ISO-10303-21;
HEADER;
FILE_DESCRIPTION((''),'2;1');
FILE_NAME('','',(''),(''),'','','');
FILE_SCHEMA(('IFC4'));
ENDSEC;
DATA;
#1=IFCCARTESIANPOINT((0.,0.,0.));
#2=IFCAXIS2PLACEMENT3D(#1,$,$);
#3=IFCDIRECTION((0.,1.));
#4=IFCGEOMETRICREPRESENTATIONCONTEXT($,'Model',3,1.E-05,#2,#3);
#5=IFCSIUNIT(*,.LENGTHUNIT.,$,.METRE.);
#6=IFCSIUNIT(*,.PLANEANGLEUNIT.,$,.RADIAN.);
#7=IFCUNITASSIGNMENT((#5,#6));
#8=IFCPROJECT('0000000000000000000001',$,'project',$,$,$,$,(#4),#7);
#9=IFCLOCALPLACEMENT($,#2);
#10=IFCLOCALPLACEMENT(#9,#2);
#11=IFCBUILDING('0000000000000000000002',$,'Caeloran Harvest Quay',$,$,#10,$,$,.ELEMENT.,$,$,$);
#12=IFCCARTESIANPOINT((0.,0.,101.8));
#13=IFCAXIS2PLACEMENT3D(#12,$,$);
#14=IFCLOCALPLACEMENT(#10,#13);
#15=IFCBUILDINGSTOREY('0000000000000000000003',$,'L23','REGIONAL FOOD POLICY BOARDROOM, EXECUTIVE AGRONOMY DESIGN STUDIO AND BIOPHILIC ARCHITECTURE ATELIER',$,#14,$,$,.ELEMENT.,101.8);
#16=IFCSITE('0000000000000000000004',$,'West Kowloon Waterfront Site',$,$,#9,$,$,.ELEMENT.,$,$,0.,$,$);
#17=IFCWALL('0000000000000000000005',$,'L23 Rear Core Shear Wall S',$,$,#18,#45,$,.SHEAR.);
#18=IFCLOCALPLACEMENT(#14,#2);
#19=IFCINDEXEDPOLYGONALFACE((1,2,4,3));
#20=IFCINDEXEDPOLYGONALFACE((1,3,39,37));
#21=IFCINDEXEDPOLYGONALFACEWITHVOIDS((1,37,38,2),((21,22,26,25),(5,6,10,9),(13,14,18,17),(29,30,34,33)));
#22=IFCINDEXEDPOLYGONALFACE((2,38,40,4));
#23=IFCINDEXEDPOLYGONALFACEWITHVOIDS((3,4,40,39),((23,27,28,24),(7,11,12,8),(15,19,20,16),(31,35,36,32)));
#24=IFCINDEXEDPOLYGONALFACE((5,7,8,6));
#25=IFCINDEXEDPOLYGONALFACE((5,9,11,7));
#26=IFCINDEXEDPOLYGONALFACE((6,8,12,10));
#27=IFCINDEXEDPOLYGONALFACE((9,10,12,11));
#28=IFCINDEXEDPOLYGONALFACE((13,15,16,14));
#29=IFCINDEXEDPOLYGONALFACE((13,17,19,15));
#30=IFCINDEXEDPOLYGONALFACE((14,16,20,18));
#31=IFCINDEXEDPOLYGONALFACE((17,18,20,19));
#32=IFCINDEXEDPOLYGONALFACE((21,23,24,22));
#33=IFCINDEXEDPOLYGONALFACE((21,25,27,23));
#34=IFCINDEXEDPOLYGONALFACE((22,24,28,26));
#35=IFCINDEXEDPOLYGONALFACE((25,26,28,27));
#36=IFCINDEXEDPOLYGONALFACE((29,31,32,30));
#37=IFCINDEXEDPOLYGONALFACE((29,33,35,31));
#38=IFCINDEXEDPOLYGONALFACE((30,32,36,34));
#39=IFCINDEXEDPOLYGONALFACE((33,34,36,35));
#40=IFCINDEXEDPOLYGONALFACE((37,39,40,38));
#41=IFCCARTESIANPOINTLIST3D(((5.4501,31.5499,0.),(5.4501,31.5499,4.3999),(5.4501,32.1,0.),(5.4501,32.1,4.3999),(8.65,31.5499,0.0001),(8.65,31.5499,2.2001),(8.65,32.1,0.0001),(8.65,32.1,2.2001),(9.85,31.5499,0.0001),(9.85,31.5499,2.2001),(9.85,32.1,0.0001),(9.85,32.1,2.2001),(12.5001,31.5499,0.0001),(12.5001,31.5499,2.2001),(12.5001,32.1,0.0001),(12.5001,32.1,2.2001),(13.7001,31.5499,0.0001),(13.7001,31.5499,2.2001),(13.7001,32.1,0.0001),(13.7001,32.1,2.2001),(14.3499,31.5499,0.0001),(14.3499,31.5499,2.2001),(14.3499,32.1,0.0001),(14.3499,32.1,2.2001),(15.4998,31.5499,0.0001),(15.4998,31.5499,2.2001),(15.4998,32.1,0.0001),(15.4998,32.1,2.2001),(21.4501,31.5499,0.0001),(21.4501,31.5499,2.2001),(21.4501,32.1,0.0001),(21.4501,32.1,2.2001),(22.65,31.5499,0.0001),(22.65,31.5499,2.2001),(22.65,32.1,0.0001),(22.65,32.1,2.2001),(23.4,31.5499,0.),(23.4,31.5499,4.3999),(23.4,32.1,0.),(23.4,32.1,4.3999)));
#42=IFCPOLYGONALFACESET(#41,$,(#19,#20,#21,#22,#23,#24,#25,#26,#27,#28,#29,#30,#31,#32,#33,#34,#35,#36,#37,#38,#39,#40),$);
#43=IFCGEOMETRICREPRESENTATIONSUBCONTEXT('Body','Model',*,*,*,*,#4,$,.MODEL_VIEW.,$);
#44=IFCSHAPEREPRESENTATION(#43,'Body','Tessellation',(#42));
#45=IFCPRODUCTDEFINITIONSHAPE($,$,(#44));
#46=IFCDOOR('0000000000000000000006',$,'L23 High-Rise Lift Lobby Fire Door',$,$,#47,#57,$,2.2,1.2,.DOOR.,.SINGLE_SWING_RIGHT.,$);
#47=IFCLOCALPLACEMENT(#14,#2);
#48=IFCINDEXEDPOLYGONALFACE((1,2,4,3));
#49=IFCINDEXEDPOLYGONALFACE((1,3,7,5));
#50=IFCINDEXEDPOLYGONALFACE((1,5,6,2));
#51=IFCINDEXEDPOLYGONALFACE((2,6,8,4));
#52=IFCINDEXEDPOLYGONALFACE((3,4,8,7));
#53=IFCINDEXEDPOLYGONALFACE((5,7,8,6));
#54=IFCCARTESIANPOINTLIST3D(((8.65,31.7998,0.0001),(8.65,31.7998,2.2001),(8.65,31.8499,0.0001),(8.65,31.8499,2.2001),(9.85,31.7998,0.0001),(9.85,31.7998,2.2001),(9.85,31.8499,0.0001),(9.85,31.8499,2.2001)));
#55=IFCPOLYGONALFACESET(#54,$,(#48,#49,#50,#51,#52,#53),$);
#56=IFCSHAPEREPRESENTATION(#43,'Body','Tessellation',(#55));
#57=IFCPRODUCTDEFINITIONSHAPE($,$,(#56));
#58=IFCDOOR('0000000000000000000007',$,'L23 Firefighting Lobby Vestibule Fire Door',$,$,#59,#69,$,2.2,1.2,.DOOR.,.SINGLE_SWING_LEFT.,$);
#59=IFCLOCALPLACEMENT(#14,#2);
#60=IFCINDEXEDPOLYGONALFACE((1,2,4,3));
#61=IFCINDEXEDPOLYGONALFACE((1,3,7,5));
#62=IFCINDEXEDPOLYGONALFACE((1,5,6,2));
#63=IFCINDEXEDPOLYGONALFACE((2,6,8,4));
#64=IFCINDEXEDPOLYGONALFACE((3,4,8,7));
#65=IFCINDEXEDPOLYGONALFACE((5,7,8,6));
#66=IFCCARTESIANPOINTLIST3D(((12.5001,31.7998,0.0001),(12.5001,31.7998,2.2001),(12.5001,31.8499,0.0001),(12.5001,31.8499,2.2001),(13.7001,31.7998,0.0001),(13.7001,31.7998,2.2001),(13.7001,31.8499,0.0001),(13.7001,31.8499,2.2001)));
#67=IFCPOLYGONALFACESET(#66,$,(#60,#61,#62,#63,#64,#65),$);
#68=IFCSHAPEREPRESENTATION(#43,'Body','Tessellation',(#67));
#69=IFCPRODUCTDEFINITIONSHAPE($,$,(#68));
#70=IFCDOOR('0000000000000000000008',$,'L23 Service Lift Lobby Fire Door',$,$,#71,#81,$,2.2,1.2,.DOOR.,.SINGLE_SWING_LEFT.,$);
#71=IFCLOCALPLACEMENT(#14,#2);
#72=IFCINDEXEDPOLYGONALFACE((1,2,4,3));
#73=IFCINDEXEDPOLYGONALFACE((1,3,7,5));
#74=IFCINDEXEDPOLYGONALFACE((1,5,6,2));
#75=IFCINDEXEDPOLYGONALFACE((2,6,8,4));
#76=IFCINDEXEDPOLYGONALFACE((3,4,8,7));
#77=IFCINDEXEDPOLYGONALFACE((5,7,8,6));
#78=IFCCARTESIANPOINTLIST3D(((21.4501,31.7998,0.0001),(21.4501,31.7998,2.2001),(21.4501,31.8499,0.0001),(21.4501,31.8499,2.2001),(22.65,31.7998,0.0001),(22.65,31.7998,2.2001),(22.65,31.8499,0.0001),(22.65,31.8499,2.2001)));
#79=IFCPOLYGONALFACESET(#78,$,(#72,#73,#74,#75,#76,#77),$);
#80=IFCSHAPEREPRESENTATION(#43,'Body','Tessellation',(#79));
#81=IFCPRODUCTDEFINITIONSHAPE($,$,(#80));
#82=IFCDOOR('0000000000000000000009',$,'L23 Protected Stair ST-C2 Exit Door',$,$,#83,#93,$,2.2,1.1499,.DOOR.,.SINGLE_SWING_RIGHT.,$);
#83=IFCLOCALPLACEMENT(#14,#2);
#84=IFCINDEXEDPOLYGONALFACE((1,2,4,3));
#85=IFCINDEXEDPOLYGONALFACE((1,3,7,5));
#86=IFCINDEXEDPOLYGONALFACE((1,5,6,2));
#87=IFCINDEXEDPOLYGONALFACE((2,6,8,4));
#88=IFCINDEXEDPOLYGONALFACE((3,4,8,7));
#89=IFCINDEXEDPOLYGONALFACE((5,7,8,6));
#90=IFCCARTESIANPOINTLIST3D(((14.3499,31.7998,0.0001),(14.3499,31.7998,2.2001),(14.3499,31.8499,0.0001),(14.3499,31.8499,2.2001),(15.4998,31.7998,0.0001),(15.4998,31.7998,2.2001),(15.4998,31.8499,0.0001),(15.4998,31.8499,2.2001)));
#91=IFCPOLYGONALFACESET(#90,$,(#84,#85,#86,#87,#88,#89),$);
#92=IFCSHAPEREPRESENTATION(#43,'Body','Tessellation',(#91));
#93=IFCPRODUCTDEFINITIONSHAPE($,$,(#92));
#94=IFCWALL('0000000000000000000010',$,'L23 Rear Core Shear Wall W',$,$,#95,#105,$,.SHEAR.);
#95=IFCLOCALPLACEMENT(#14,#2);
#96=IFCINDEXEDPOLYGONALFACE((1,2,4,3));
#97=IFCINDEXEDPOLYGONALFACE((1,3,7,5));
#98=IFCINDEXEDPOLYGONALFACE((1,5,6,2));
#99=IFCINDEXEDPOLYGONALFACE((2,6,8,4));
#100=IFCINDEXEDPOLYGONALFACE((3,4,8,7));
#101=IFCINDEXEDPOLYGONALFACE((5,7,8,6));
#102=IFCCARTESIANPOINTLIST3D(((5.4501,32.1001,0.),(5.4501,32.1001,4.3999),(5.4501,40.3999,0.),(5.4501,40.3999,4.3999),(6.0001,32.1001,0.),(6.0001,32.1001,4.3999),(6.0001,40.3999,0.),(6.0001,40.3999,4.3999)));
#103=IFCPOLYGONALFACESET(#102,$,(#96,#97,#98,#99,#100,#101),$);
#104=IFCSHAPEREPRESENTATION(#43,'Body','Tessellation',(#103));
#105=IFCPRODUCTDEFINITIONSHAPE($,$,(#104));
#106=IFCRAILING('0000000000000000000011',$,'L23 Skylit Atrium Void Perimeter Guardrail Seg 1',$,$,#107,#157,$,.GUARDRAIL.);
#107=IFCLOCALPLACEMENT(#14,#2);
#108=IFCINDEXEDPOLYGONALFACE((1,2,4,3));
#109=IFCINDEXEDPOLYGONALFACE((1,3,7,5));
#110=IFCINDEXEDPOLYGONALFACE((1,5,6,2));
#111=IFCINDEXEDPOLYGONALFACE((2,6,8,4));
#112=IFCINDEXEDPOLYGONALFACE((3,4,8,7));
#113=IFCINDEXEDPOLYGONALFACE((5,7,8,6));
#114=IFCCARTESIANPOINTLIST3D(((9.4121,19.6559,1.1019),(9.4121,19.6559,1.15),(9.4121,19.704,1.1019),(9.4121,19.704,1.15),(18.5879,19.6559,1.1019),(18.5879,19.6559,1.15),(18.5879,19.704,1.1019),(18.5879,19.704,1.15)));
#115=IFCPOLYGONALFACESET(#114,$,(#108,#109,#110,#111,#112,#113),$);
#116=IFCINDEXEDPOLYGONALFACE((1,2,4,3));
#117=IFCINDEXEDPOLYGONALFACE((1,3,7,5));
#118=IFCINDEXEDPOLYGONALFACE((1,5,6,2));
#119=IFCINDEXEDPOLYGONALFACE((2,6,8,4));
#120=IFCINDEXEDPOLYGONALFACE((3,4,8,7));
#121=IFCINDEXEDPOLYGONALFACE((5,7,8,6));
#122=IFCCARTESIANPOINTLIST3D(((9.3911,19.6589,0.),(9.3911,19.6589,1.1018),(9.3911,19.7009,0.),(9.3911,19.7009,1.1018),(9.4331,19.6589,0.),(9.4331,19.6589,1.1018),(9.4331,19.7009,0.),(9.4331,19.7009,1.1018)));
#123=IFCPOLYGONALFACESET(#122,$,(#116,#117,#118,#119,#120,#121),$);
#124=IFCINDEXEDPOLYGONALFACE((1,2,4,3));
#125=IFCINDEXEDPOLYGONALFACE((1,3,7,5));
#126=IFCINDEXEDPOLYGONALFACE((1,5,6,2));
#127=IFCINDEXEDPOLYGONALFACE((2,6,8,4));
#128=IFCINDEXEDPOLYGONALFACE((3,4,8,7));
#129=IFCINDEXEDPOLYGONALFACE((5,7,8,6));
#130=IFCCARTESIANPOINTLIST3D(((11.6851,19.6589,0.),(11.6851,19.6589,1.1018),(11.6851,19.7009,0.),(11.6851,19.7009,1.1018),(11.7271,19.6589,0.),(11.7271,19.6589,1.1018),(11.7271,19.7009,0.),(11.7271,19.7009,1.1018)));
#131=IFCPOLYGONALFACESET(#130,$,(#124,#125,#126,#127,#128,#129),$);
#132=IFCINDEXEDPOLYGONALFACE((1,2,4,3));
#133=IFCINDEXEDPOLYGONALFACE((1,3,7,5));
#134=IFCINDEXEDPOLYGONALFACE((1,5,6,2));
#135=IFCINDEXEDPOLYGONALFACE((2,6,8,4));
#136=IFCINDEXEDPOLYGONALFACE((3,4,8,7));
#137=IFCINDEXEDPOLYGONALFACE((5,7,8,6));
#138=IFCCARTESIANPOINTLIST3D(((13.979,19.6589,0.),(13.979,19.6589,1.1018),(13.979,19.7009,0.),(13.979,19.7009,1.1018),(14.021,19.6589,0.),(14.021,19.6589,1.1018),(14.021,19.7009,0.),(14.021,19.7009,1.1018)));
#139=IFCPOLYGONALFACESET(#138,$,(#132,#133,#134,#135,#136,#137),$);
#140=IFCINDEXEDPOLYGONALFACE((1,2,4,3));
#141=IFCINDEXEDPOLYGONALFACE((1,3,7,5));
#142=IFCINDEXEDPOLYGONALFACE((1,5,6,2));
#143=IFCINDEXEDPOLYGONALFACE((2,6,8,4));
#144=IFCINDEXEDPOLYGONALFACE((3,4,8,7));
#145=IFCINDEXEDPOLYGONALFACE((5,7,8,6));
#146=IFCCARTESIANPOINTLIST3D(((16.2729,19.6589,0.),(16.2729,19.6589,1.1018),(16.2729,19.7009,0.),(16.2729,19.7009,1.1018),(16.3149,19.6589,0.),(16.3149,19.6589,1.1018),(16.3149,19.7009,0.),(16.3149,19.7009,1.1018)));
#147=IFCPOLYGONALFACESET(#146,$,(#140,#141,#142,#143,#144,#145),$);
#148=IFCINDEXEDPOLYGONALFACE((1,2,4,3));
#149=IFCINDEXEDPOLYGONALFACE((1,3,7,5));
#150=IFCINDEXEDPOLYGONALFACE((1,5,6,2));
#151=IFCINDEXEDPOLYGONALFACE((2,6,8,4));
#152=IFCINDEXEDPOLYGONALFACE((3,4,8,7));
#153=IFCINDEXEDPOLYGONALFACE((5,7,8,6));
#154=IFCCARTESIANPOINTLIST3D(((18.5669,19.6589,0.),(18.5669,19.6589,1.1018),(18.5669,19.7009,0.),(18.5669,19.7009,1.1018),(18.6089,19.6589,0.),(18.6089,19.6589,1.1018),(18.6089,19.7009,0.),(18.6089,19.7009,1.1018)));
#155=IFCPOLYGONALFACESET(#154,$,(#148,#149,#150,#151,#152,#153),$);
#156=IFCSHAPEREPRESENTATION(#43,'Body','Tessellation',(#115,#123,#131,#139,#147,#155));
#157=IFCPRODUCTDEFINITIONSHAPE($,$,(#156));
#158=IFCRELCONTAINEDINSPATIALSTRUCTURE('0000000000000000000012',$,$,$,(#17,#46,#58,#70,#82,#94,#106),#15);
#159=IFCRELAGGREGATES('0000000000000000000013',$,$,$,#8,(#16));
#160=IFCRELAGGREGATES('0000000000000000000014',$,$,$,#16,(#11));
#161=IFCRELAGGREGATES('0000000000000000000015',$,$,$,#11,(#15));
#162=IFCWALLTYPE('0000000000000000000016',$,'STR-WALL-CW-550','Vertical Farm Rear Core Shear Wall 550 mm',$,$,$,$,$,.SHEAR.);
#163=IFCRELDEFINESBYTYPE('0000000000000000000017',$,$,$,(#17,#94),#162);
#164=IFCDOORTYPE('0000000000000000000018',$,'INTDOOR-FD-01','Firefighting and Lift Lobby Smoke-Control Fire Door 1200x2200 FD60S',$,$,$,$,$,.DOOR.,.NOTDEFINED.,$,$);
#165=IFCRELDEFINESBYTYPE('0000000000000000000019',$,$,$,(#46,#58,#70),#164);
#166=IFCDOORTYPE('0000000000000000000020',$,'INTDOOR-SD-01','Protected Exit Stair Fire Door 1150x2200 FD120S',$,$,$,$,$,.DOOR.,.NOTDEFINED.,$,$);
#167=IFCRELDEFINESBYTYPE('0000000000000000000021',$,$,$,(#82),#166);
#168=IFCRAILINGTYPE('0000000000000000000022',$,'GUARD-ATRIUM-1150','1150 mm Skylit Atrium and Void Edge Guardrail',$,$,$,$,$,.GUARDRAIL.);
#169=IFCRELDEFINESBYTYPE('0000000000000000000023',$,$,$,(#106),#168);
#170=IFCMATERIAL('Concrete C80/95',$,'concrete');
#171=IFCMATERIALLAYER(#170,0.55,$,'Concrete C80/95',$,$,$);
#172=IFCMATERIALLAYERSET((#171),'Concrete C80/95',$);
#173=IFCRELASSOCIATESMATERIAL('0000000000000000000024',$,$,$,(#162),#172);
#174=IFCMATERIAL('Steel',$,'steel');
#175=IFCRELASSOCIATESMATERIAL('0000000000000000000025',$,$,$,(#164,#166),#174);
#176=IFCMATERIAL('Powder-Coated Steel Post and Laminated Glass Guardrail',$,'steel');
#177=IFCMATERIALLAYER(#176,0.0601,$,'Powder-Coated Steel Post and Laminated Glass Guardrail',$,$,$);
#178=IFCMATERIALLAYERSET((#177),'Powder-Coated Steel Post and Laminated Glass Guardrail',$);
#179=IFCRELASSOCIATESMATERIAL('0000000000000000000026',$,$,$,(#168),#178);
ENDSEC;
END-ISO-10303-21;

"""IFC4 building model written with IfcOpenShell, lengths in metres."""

from ifc_helpers import new_model, si_unit, direction, frame, frame_2d, origin, origin_2d, place, context, subcontext, project, spatial, rectangle, extrude, material, layer, layer_set, type_object, element, fill, save


model = new_model("IFC4")

# Units and contexts
model_context = context("Model", 3, precision=1e-05, world=origin(), true_north=direction((0.0, 1.0)))
body_context = subcontext(model_context, "Body", "Model", "MODEL_VIEW")
ifc_project = project(units=[si_unit("LENGTHUNIT", "METRE"), si_unit("PLANEANGLEUNIT", "RADIAN")], contexts=[model_context])

# Site, building, storey
site_placement = place(None, origin())
site = spatial("IfcSite", under=ifc_project, at=site_placement, Name="West Kowloon Waterfront Site", CompositionType="ELEMENT", RefElevation=0.0)
building_placement = place(site_placement, origin())
building = spatial("IfcBuilding", under=site, at=building_placement, Name="Caeloran Harvest Quay", CompositionType="ELEMENT")
storey_placement = place(building_placement, frame((0.0, 0.0, 101.8)))
storey = spatial("IfcBuildingStorey", under=building, at=storey_placement, Name="L23", Description="REGIONAL FOOD POLICY BOARDROOM, EXECUTIVE AGRONOMY DESIGN STUDIO AND BIOPHILIC ARCHITECTURE ATELIER", CompositionType="ELEMENT", Elevation=101.8)

# Shared definitions
ifc_material_1 = material(Name="Concrete C80/95", Category="concrete")

# Wall, openings, doors
ifc_layer_1 = layer(ifc_material_1, 0.55, Name="Concrete C80/95")
ifc_layer_set_1 = layer_set([ifc_layer_1], Name="Concrete C80/95")
wall_type_1 = type_object("IfcWallType", Name="STR-WALL-CW-550", Description="Vertical Farm Rear Core Shear Wall 550 mm", PredefinedType="SHEAR", material=ifc_layer_set_1)
wall_1_placement = place(storey_placement, frame((5.45, 31.825, 0.0), z_axis=(0.0, 0.0, 1.0), x_axis=(1.0, 0.0, 0.0)))
wall_1 = element("IfcWall", 1, at=wall_1_placement, inside=storey, type_object=wall_type_1, Name="L23 Rear Core Shear Wall S", PredefinedType="SHEAR", context=body_context, shape_type="SweptSolid", body=[
    extrude(rectangle(XDim=17.95, YDim=0.55, at=frame_2d((8.9751, 0.0))), origin(), (0.0, 0.0, 1.0), 4.3999),
])
opening_1_placement = place(wall_1_placement, frame((3.2, 0.0, 0.0)))
opening_1 = element("IfcOpeningElement", 2, at=opening_1_placement, cuts=wall_1, PredefinedType="OPENING", context=body_context, shape_type="SweptSolid", body=[
    extrude(rectangle(XDim=1.2, YDim=2.2, at=frame_2d((0.6001, 1.1001))), frame((0.0, 0.2852, 0.0), z_axis=(0.0, -1.0, 0.0), x_axis=(1.0, 0.0, 0.0)), (0.0, 0.0, 1.0), 0.5701),
])
opening_2_placement = place(wall_1_placement, frame((7.05, 0.0, 0.0)))
opening_2 = element("IfcOpeningElement", 3, at=opening_2_placement, cuts=wall_1, PredefinedType="OPENING", context=body_context, shape_type="SweptSolid", body=[
    extrude(rectangle(XDim=1.2, YDim=2.2, at=frame_2d((0.6001, 1.1001))), frame((0.0, 0.2852, 0.0), z_axis=(0.0, -1.0, 0.0), x_axis=(1.0, 0.0, 0.0)), (0.0, 0.0, 1.0), 0.5701),
])
opening_3_placement = place(wall_1_placement, frame((8.8999, 0.0, 0.0)))
opening_3 = element("IfcOpeningElement", 4, at=opening_3_placement, cuts=wall_1, PredefinedType="OPENING", context=body_context, shape_type="SweptSolid", body=[
    extrude(rectangle(XDim=1.1499, YDim=2.2, at=frame_2d((0.575, 1.1001))), frame((0.0, 0.2852, 0.0), z_axis=(0.0, -1.0, 0.0), x_axis=(1.0, 0.0, 0.0)), (0.0, 0.0, 1.0), 0.5701),
])
opening_4_placement = place(wall_1_placement, frame((16.0, 0.0, 0.0)))
opening_4 = element("IfcOpeningElement", 5, at=opening_4_placement, cuts=wall_1, PredefinedType="OPENING", context=body_context, shape_type="SweptSolid", body=[
    extrude(rectangle(XDim=1.2, YDim=2.2, at=frame_2d((0.6001, 1.1001))), frame((0.0, 0.2852, 0.0), z_axis=(0.0, -1.0, 0.0), x_axis=(1.0, 0.0, 0.0)), (0.0, 0.0, 1.0), 0.5701),
])
ifc_material_2 = material(Name="Steel", Category="steel")
door_type_1 = type_object("IfcDoorType", Name="INTDOOR-FD-01", Description="Firefighting and Lift Lobby Smoke-Control Fire Door 1200x2200 FD60S", OperationType="NOTDEFINED", PredefinedType="DOOR", material=ifc_material_2)
door_1_placement = place(opening_1_placement, origin())
door_1 = element("IfcDoor", 6, at=door_1_placement, inside=storey, type_object=door_type_1, Name="L23 High-Rise Lift Lobby Fire Door", OperationType="SINGLE_SWING_RIGHT", OverallHeight=2.2, OverallWidth=1.2, PredefinedType="DOOR", context=body_context, shape_type="SweptSolid", body=[
    extrude(rectangle(XDim=1.2, YDim=2.2, at=frame_2d((0.6001, 1.1001))), frame((0.0, 0.0249, 0.0), z_axis=(0.0, -1.0, 0.0), x_axis=(1.0, 0.0, 0.0)), (0.0, 0.0, 1.0), 0.05),
])
fill(opening_1, door_1)
door_2_placement = place(opening_2_placement, origin())
door_2 = element("IfcDoor", 7, at=door_2_placement, inside=storey, type_object=door_type_1, Name="L23 Firefighting Lobby Vestibule Fire Door", OperationType="SINGLE_SWING_LEFT", OverallHeight=2.2, OverallWidth=1.2, PredefinedType="DOOR", context=body_context, shape_type="SweptSolid", body=[
    extrude(rectangle(XDim=1.2, YDim=2.2, at=frame_2d((0.6001, 1.1001))), frame((0.0, 0.0249, 0.0), z_axis=(0.0, -1.0, 0.0), x_axis=(1.0, 0.0, 0.0)), (0.0, 0.0, 1.0), 0.05),
])
fill(opening_2, door_2)
door_3_placement = place(opening_4_placement, origin())
door_3 = element("IfcDoor", 8, at=door_3_placement, inside=storey, type_object=door_type_1, Name="L23 Service Lift Lobby Fire Door", OperationType="SINGLE_SWING_LEFT", OverallHeight=2.2, OverallWidth=1.2, PredefinedType="DOOR", context=body_context, shape_type="SweptSolid", body=[
    extrude(rectangle(XDim=1.2, YDim=2.2, at=frame_2d((0.6001, 1.1001))), frame((0.0, 0.0249, 0.0), z_axis=(0.0, -1.0, 0.0), x_axis=(1.0, 0.0, 0.0)), (0.0, 0.0, 1.0), 0.05),
])
fill(opening_4, door_3)
door_type_2 = type_object("IfcDoorType", Name="INTDOOR-SD-01", Description="Protected Exit Stair Fire Door 1150x2200 FD120S", OperationType="NOTDEFINED", PredefinedType="DOOR", material=ifc_material_2)
door_4_placement = place(opening_3_placement, origin())
door_4 = element("IfcDoor", 9, at=door_4_placement, inside=storey, type_object=door_type_2, Name="L23 Protected Stair ST-C2 Exit Door", OperationType="SINGLE_SWING_RIGHT", OverallHeight=2.2, OverallWidth=1.1499, PredefinedType="DOOR", context=body_context, shape_type="SweptSolid", body=[
    extrude(rectangle(XDim=1.1499, YDim=2.2, at=frame_2d((0.575, 1.1001))), frame((0.0, 0.0249, 0.0), z_axis=(0.0, -1.0, 0.0), x_axis=(1.0, 0.0, 0.0)), (0.0, 0.0, 1.0), 0.05),
])
fill(opening_3, door_4)

# Wall
wall_2_placement = place(storey_placement, frame((5.7251, 32.1001, 0.0), z_axis=(0.0, 0.0, 1.0), x_axis=(0.0, 1.0, 0.0)))
element("IfcWall", 10, at=wall_2_placement, inside=storey, type_object=wall_type_1, Name="L23 Rear Core Shear Wall W", PredefinedType="SHEAR", context=body_context, shape_type="SweptSolid", body=[
    extrude(rectangle(XDim=8.2998, YDim=0.55, at=frame_2d((4.1499, 0.0))), origin(), (0.0, 0.0, 1.0), 4.3999),
])

# Railing
ifc_material_3 = material(Name="Powder-Coated Steel Post and Laminated Glass Guardrail", Category="steel")
ifc_layer_2 = layer(ifc_material_3, 0.0601, Name="Powder-Coated Steel Post and Laminated Glass Guardrail")
ifc_layer_set_2 = layer_set([ifc_layer_2], Name="Powder-Coated Steel Post and Laminated Glass Guardrail")
railing_type = type_object("IfcRailingType", Name="GUARD-ATRIUM-1150", Description="1150 mm Skylit Atrium and Void Edge Guardrail", PredefinedType="GUARDRAIL", material=ifc_layer_set_2)
railing_1_placement = place(storey_placement, frame((9.4121, 19.6799, 0.0)))
element("IfcRailing", 11, at=railing_1_placement, inside=storey, type_object=railing_type, Name="L23 Skylit Atrium Void Perimeter Guardrail Seg 1", PredefinedType="GUARDRAIL", context=body_context, shape_type="SweptSolid", body=[
    extrude(rectangle(XDim=0.0481, YDim=0.0481, at=origin_2d()), frame((0.0, 0.0, 1.126), z_axis=(1.0, 0.0, 0.0), x_axis=(0.0, 1.0, 0.0)), (0.0, 0.0, 1.0), 9.1758),
    extrude(rectangle(XDim=0.042, YDim=0.042, at=origin_2d()), origin(), (0.0, 0.0, 1.0), 1.1018),
    extrude(rectangle(XDim=0.042, YDim=0.042, at=origin_2d()), frame((2.2939, 0.0, 0.0)), (0.0, 0.0, 1.0), 1.1018),
    extrude(rectangle(XDim=0.042, YDim=0.042, at=origin_2d()), frame((4.5879, 0.0, 0.0)), (0.0, 0.0, 1.0), 1.1018),
    extrude(rectangle(XDim=0.042, YDim=0.042, at=origin_2d()), frame((6.8818, 0.0, 0.0)), (0.0, 0.0, 1.0), 1.1018),
    extrude(rectangle(XDim=0.042, YDim=0.042, at=origin_2d()), frame((9.1758, 0.0, 0.0)), (0.0, 0.0, 1.0), 1.1018),
])

save(model, "model.ifc")
